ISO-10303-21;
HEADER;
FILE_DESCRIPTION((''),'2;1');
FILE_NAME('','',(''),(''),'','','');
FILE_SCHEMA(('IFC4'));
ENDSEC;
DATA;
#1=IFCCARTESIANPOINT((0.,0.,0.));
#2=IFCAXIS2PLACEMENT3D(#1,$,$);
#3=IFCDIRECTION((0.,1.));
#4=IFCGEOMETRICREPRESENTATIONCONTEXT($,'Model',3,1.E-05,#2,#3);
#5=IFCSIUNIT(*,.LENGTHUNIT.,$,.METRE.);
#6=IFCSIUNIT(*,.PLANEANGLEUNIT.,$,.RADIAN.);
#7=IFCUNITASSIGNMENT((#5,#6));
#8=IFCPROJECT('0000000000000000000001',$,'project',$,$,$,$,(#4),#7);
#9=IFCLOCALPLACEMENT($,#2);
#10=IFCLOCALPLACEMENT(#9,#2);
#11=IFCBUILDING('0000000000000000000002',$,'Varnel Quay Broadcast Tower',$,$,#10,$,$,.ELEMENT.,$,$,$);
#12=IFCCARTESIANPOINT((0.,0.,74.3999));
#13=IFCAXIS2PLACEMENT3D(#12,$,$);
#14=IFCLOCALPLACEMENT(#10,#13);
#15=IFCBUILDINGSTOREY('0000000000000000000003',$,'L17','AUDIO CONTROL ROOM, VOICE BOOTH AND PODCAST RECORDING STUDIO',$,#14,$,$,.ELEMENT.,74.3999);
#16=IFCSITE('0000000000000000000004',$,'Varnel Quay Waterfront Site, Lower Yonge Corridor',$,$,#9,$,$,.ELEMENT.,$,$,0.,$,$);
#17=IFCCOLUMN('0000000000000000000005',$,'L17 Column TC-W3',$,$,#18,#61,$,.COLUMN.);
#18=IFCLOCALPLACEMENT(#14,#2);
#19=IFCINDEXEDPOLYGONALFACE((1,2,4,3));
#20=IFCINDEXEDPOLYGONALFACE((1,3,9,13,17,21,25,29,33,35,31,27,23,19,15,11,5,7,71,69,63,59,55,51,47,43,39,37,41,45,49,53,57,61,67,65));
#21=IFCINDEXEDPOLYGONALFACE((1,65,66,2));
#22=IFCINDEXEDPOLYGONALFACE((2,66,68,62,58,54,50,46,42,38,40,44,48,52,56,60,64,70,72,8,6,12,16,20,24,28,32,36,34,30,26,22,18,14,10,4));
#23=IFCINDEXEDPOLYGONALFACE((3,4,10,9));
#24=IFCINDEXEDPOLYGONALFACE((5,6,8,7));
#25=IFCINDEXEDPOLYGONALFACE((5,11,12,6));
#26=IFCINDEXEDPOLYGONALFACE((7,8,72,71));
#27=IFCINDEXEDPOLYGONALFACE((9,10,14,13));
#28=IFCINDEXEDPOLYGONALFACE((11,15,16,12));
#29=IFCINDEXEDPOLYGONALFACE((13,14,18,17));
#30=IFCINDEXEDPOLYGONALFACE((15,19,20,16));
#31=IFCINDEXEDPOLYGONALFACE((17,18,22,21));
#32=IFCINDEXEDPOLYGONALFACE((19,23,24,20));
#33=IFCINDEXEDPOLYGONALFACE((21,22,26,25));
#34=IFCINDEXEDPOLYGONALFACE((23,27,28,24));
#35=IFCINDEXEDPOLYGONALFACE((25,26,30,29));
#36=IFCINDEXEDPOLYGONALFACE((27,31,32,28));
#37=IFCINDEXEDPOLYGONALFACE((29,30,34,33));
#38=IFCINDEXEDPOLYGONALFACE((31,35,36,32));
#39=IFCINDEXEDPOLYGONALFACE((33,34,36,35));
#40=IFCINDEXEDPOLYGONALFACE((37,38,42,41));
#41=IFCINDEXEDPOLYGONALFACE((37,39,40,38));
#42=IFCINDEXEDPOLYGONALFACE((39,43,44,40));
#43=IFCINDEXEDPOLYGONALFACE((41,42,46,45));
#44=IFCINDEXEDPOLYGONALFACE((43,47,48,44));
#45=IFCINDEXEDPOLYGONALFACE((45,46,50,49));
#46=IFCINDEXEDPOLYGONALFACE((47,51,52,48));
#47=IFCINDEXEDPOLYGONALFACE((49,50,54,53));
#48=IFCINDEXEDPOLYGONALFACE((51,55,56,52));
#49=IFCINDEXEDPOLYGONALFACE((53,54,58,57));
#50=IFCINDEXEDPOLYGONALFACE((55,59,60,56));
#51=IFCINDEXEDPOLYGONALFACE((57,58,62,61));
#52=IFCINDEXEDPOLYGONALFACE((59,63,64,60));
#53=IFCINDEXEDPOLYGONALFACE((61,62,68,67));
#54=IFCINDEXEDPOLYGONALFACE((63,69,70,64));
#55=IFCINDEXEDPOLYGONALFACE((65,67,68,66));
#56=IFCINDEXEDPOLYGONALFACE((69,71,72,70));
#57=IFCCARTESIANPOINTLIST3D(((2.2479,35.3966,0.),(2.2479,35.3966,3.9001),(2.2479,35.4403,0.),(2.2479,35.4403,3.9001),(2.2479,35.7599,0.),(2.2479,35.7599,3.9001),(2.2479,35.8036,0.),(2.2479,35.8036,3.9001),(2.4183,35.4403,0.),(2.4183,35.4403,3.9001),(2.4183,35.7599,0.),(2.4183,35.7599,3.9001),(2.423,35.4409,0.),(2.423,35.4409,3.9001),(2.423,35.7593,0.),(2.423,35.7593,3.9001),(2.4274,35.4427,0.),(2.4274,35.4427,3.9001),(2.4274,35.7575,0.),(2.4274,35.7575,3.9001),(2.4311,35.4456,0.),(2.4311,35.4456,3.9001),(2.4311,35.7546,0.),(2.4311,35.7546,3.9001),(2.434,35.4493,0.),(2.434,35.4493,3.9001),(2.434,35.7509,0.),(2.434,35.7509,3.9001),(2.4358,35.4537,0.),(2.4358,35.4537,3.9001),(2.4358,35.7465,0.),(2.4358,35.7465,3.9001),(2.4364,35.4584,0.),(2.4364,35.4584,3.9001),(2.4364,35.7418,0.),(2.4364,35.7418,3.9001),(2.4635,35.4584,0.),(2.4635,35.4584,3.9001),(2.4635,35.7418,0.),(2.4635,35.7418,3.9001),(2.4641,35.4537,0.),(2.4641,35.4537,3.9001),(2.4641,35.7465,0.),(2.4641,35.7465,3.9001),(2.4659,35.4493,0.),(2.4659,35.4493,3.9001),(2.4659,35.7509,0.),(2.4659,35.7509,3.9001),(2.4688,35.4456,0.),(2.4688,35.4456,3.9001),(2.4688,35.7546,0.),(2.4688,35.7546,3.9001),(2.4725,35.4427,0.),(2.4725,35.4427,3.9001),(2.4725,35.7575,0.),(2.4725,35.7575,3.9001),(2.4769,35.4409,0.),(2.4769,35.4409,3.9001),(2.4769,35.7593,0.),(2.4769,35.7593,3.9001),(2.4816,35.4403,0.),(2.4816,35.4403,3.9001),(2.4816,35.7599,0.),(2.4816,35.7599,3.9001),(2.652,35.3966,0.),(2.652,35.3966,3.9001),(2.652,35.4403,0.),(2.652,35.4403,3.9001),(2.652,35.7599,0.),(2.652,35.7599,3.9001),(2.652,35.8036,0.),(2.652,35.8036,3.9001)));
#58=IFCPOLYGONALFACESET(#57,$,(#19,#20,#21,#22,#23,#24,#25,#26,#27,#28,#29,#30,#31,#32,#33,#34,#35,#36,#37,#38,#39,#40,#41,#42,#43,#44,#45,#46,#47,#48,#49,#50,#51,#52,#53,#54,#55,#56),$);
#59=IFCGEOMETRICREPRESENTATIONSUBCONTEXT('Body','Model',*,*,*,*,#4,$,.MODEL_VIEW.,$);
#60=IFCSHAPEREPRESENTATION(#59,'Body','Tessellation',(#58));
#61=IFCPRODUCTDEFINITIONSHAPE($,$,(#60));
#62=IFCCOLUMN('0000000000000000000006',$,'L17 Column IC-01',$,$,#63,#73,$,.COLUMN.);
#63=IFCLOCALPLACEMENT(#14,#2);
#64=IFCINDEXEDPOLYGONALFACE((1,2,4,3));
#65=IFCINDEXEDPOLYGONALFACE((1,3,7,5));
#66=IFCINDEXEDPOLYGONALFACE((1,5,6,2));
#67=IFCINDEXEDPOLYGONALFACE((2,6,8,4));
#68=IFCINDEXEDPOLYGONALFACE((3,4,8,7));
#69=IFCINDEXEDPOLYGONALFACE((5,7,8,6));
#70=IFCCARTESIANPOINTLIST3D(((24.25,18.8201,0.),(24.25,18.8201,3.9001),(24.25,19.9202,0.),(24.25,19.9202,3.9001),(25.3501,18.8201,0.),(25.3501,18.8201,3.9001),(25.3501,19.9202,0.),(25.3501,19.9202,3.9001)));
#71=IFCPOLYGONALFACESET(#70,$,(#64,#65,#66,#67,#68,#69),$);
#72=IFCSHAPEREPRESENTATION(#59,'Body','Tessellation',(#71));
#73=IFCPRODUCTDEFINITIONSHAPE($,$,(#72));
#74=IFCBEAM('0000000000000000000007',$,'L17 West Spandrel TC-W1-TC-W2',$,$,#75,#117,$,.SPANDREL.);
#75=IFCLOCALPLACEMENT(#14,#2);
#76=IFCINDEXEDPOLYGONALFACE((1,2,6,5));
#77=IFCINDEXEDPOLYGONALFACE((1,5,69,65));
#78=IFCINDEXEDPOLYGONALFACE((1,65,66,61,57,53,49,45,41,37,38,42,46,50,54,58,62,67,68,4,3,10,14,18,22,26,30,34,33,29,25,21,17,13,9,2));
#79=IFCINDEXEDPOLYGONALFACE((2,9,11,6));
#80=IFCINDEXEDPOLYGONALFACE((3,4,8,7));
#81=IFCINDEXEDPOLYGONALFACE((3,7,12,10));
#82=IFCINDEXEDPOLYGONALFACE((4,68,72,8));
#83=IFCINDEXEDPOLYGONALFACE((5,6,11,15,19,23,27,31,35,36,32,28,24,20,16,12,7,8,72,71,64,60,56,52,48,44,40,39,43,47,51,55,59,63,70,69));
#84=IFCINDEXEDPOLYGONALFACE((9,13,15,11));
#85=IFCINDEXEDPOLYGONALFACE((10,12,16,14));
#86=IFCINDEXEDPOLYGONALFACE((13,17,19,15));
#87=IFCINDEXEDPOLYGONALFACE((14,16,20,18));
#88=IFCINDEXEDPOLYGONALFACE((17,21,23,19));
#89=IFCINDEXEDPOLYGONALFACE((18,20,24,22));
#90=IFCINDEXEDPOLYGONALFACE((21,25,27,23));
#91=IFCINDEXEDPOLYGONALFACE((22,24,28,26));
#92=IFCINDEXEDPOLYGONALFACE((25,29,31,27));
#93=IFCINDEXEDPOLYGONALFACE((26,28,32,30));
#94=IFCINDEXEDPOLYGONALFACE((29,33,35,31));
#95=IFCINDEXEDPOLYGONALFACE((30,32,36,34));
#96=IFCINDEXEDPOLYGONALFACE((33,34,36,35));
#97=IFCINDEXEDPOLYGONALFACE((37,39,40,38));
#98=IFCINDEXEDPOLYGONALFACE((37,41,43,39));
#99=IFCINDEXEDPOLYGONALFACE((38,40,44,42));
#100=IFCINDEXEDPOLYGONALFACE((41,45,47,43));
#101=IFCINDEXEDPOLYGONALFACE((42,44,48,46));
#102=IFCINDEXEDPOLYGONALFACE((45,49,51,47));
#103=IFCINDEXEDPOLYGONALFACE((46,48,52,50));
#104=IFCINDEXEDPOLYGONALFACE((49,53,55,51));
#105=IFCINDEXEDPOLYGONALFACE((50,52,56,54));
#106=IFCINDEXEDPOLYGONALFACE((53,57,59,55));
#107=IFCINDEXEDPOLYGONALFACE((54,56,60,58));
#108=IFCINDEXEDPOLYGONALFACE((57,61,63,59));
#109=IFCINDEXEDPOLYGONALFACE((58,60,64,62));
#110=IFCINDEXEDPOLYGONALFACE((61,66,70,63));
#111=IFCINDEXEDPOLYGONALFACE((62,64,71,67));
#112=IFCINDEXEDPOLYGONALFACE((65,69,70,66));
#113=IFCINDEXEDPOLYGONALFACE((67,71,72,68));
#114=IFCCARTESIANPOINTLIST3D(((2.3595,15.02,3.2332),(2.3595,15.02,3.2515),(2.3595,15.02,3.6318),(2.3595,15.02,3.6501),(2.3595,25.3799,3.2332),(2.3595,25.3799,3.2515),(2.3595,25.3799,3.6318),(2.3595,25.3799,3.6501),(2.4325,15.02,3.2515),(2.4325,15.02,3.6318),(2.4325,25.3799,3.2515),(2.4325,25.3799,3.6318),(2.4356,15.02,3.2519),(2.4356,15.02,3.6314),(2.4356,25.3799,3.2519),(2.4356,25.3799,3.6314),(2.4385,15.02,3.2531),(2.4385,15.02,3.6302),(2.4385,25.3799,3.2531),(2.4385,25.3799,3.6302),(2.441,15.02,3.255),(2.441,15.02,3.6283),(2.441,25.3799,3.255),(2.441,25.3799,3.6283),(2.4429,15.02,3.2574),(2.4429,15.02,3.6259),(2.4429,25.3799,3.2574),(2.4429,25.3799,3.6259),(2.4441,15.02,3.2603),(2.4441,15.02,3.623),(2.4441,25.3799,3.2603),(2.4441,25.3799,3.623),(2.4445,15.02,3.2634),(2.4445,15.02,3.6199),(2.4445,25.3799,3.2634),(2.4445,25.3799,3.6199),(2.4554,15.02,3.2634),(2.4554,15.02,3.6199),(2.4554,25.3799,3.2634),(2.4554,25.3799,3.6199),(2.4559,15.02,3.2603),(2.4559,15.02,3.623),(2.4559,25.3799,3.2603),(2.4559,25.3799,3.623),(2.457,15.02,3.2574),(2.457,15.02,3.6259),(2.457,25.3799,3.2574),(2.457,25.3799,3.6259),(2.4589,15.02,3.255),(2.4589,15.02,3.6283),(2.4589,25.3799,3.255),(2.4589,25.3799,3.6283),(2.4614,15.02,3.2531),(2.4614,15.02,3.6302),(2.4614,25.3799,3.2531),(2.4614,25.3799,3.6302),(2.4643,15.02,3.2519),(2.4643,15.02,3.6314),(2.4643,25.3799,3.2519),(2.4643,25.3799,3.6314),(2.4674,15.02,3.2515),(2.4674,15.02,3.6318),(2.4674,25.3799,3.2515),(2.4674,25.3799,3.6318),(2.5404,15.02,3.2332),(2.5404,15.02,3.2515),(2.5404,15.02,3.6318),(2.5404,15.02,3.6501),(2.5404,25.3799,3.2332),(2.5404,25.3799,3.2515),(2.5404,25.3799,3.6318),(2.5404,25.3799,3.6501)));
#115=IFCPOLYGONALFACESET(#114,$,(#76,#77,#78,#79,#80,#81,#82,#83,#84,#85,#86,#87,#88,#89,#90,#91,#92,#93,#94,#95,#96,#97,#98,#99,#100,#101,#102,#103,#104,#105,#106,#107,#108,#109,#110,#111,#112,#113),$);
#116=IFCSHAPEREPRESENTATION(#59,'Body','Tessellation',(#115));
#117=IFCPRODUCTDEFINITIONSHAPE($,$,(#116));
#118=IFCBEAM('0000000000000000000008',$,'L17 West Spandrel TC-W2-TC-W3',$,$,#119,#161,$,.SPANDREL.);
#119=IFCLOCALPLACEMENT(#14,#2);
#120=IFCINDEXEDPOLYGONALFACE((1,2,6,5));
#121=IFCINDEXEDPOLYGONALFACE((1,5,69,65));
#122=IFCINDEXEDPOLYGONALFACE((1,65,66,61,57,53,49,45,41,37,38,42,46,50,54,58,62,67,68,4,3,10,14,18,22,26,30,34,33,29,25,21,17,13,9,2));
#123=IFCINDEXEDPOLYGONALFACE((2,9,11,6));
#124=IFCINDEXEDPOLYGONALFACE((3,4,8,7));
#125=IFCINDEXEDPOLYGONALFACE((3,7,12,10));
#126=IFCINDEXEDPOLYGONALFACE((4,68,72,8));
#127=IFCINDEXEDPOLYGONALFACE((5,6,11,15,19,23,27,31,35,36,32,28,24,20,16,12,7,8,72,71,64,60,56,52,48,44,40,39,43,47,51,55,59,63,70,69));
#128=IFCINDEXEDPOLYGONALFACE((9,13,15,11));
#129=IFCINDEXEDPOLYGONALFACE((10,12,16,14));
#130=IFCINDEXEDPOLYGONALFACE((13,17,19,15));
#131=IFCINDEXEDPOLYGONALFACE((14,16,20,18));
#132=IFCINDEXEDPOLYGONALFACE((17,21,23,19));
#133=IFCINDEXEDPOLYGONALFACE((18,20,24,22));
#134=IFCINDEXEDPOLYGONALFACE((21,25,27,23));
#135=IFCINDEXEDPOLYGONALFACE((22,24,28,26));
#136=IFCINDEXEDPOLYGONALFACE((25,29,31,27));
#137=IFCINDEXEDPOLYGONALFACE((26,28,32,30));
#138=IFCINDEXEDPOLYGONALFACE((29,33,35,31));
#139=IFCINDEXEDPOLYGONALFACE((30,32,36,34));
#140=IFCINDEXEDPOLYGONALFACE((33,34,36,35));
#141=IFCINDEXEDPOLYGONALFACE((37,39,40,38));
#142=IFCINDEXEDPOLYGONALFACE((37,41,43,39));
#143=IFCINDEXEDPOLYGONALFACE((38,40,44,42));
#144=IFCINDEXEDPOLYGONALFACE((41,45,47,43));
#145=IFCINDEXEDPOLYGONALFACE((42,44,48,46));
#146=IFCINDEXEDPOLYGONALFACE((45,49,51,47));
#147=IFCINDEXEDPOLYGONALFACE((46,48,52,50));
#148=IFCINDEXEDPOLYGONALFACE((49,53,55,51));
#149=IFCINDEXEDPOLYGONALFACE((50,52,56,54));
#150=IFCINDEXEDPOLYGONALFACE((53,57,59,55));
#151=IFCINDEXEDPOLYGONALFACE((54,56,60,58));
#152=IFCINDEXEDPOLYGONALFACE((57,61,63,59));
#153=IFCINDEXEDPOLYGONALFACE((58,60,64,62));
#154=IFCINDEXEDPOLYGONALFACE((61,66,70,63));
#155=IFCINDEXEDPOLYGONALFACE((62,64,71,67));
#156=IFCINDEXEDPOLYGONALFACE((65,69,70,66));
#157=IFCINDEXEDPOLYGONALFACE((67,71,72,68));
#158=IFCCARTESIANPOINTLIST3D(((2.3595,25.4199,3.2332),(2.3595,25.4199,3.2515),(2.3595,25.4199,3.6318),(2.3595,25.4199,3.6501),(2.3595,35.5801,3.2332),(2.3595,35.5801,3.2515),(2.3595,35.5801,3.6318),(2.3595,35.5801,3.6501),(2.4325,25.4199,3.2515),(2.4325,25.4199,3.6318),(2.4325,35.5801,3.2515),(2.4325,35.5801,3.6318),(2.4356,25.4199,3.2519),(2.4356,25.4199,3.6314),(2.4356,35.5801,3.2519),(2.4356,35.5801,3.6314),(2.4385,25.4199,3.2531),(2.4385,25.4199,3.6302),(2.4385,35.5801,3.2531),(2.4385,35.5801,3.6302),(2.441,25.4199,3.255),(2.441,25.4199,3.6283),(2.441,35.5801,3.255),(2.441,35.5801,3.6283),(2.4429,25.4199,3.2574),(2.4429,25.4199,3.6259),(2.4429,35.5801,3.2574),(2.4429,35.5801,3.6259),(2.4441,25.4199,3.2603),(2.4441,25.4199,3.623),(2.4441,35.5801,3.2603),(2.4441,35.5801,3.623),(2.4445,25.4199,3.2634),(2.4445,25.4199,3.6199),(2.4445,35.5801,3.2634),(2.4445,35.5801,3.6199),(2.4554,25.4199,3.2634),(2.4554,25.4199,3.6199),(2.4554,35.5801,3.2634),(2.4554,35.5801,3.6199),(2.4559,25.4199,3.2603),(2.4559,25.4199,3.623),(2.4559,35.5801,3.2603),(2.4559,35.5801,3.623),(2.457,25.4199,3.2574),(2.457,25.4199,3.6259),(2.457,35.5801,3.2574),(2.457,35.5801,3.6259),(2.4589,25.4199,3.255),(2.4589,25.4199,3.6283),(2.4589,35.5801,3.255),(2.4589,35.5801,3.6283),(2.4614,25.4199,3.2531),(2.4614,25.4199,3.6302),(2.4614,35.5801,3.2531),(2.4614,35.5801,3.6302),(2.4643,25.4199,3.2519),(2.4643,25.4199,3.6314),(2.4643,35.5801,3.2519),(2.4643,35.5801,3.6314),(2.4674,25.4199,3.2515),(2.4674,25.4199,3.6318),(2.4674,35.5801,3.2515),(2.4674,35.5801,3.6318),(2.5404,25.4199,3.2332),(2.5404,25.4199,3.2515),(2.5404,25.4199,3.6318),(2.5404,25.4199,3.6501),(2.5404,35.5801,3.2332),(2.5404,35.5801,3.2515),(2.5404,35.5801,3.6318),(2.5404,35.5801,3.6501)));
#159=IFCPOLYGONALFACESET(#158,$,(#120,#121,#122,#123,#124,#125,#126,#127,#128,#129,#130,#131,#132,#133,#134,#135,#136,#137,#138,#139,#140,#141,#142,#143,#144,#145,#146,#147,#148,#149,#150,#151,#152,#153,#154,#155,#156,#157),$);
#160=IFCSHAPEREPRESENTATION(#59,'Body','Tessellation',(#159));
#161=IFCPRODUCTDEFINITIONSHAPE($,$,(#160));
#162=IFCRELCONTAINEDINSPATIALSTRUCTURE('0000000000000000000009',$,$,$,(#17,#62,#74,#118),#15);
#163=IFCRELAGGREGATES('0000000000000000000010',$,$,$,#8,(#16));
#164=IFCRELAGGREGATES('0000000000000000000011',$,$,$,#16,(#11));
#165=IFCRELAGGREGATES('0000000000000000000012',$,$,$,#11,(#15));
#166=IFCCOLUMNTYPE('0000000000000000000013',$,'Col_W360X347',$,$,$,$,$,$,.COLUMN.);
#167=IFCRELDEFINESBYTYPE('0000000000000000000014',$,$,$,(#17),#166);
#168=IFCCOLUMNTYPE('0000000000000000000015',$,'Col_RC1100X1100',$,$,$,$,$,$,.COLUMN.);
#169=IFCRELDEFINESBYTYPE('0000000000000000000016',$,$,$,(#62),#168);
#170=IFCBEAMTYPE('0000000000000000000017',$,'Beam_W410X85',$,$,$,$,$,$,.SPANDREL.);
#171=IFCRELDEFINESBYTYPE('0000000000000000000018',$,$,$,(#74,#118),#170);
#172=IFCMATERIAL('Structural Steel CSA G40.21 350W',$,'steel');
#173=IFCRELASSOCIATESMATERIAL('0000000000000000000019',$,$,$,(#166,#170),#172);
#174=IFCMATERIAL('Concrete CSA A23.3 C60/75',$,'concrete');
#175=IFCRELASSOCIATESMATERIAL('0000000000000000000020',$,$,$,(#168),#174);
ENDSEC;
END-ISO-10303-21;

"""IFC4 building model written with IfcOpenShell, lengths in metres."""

from ifc_helpers import new_model, si_unit, direction, frame, origin, origin_2d, place, context, subcontext, project, spatial, rectangle, i_section, extrude, source, transform, mapped, material, material_profile, profile_set, type_object, type_shapes, element, save


model = new_model("IFC4")

# Units and contexts
model_context = context("Model", 3, precision=1e-05, world=origin(), true_north=direction((0.0, 1.0)))
body_context = subcontext(model_context, "Body", "Model", "MODEL_VIEW")
ifc_project = project(units=[si_unit("LENGTHUNIT", "METRE"), si_unit("PLANEANGLEUNIT", "RADIAN")], contexts=[model_context])

# Site, building, storey
site_placement = place(None, origin())
site = spatial("IfcSite", under=ifc_project, at=site_placement, Name="Varnel Quay Waterfront Site, Lower Yonge Corridor", CompositionType="ELEMENT", RefElevation=0.0)
building_placement = place(site_placement, origin())
building = spatial("IfcBuilding", under=site, at=building_placement, Name="Varnel Quay Broadcast Tower", CompositionType="ELEMENT")
storey_placement = place(building_placement, frame((0.0, 0.0, 74.3999)))
storey = spatial("IfcBuildingStorey", under=building, at=storey_placement, Name="L17", Description="AUDIO CONTROL ROOM, VOICE BOOTH AND PODCAST RECORDING STUDIO", CompositionType="ELEMENT", Elevation=74.3999)

# Columns
ifc_material_1 = material(Name="Structural Steel CSA G40.21 350W", Category="steel")
ifc_material_profile_1 = material_profile(ifc_material_1, i_section(OverallWidth=0.4041, OverallDepth=0.407, WebThickness=0.0271, FlangeThickness=0.0437, FilletRadius=0.0181, at=origin_2d()), Name="W360X347")
ifc_profile_set_1 = profile_set([ifc_material_profile_1], Name="Structural Steel CSA G40.21 350W")
column_type_1 = type_object("IfcColumnType", Name="Col_W360X347", PredefinedType="COLUMN", material=ifc_profile_set_1)
shared_shape_1 = source(origin(), body_context, "Body", "SweptSolid", [
    extrude(i_section(OverallWidth=0.4041, OverallDepth=0.407, WebThickness=0.0271, FlangeThickness=0.0437, FilletRadius=0.0181, at=origin_2d()), origin(), (0.0, 0.0, 1.0), 3.9001),
])
type_shapes(column_type_1, [shared_shape_1])
for number, where, z_axis, x_axis, name in (
    (1, (2.45, 35.6001, 0.0), (0.0, 0.0, 1.0), (1.0, 0.0, 0.0), "L17 Column TC-W3"),
):
    element("IfcColumn", number, at=place(storey_placement, frame(where, z_axis=z_axis, x_axis=x_axis)), inside=storey, type_object=column_type_1, Name=name, PredefinedType="COLUMN", context=body_context, shape_type="MappedRepresentation", body=[
        mapped(shared_shape_1, transform((0.0, 0.0, 0.0), x_axis=(1.0, 0.0, 0.0), y_axis=(0.0, 1.0, 0.0), z_axis=(0.0, 0.0, 1.0), scale=1.0)),
    ])
ifc_material_2 = material(Name="Concrete CSA A23.3 C60/75", Category="concrete")
ifc_material_profile_2 = material_profile(ifc_material_2, rectangle(XDim=1.1001, YDim=1.1001, at=origin_2d()), Name="RC1100X1100")
ifc_profile_set_2 = profile_set([ifc_material_profile_2], Name="Concrete CSA A23.3 C60/75")
column_type_2 = type_object("IfcColumnType", Name="Col_RC1100X1100", PredefinedType="COLUMN", material=ifc_profile_set_2)
shared_shape_2 = source(origin(), body_context, "Body", "SweptSolid", [
    extrude(rectangle(XDim=1.1001, YDim=1.1001, at=origin_2d()), origin(), (0.0, 0.0, 1.0), 3.9001),
])
type_shapes(column_type_2, [shared_shape_2])
column_placement = place(storey_placement, frame((24.8, 19.3701, 0.0), z_axis=(0.0, 0.0, 1.0), x_axis=(1.0, 0.0, 0.0)))
element("IfcColumn", 2, at=column_placement, inside=storey, type_object=column_type_2, Name="L17 Column IC-01", PredefinedType="COLUMN", context=body_context, shape_type="MappedRepresentation", body=[
    mapped(shared_shape_2, transform((0.0, 0.0, 0.0), x_axis=(1.0, 0.0, 0.0), y_axis=(0.0, 1.0, 0.0), z_axis=(0.0, 0.0, 1.0), scale=1.0)),
])

# Beams
ifc_material_profile_3 = material_profile(ifc_material_1, i_section(OverallWidth=0.1809, OverallDepth=0.417, WebThickness=0.011, FlangeThickness=0.0183, FilletRadius=0.012, at=origin_2d()), Name="W410X85")
ifc_profile_set_3 = profile_set([ifc_material_profile_3], Name="Structural Steel CSA G40.21 350W")
beam_type_1 = type_object("IfcBeamType", Name="Beam_W410X85", PredefinedType="SPANDREL", material=ifc_profile_set_3)
shared_shape_3 = source(origin(), body_context, "Body", "SweptSolid", [
    extrude(i_section(OverallWidth=0.1809, OverallDepth=0.417, WebThickness=0.011, FlangeThickness=0.0183, FilletRadius=0.012, at=origin_2d()), origin(), (0.0, 0.0, 1.0), 10.3599),
])
beam_1_placement = place(storey_placement, frame((2.45, 15.02, 3.4417), z_axis=(0.0, 1.0, 0.0), x_axis=(-1.0, 0.0, 0.0)))
element("IfcBeam", 3, at=beam_1_placement, inside=storey, type_object=beam_type_1, Name="L17 West Spandrel TC-W1-TC-W2", PredefinedType="SPANDREL", context=body_context, shape_type="MappedRepresentation", body=[
    mapped(shared_shape_3, transform((0.0, 0.0, 0.0), x_axis=(1.0, 0.0, 0.0), y_axis=(0.0, 1.0, 0.0), z_axis=(0.0, 0.0, 1.0), scale=1.0)),
])
shared_shape_4 = source(origin(), body_context, "Body", "SweptSolid", [
    extrude(i_section(OverallWidth=0.1809, OverallDepth=0.417, WebThickness=0.011, FlangeThickness=0.0183, FilletRadius=0.012, at=origin_2d()), origin(), (0.0, 0.0, 1.0), 10.1602),
])
beam_2_placement = place(storey_placement, frame((2.45, 25.4199, 3.4417), z_axis=(0.0, 1.0, 0.0), x_axis=(-1.0, 0.0, 0.0)))
element("IfcBeam", 4, at=beam_2_placement, inside=storey, type_object=beam_type_1, Name="L17 West Spandrel TC-W2-TC-W3", PredefinedType="SPANDREL", context=body_context, shape_type="MappedRepresentation", body=[
    mapped(shared_shape_4, transform((0.0, 0.0, 0.0), x_axis=(1.0, 0.0, 0.0), y_axis=(0.0, 1.0, 0.0), z_axis=(0.0, 0.0, 1.0), scale=1.0)),
])

save(model, "model.ifc")
